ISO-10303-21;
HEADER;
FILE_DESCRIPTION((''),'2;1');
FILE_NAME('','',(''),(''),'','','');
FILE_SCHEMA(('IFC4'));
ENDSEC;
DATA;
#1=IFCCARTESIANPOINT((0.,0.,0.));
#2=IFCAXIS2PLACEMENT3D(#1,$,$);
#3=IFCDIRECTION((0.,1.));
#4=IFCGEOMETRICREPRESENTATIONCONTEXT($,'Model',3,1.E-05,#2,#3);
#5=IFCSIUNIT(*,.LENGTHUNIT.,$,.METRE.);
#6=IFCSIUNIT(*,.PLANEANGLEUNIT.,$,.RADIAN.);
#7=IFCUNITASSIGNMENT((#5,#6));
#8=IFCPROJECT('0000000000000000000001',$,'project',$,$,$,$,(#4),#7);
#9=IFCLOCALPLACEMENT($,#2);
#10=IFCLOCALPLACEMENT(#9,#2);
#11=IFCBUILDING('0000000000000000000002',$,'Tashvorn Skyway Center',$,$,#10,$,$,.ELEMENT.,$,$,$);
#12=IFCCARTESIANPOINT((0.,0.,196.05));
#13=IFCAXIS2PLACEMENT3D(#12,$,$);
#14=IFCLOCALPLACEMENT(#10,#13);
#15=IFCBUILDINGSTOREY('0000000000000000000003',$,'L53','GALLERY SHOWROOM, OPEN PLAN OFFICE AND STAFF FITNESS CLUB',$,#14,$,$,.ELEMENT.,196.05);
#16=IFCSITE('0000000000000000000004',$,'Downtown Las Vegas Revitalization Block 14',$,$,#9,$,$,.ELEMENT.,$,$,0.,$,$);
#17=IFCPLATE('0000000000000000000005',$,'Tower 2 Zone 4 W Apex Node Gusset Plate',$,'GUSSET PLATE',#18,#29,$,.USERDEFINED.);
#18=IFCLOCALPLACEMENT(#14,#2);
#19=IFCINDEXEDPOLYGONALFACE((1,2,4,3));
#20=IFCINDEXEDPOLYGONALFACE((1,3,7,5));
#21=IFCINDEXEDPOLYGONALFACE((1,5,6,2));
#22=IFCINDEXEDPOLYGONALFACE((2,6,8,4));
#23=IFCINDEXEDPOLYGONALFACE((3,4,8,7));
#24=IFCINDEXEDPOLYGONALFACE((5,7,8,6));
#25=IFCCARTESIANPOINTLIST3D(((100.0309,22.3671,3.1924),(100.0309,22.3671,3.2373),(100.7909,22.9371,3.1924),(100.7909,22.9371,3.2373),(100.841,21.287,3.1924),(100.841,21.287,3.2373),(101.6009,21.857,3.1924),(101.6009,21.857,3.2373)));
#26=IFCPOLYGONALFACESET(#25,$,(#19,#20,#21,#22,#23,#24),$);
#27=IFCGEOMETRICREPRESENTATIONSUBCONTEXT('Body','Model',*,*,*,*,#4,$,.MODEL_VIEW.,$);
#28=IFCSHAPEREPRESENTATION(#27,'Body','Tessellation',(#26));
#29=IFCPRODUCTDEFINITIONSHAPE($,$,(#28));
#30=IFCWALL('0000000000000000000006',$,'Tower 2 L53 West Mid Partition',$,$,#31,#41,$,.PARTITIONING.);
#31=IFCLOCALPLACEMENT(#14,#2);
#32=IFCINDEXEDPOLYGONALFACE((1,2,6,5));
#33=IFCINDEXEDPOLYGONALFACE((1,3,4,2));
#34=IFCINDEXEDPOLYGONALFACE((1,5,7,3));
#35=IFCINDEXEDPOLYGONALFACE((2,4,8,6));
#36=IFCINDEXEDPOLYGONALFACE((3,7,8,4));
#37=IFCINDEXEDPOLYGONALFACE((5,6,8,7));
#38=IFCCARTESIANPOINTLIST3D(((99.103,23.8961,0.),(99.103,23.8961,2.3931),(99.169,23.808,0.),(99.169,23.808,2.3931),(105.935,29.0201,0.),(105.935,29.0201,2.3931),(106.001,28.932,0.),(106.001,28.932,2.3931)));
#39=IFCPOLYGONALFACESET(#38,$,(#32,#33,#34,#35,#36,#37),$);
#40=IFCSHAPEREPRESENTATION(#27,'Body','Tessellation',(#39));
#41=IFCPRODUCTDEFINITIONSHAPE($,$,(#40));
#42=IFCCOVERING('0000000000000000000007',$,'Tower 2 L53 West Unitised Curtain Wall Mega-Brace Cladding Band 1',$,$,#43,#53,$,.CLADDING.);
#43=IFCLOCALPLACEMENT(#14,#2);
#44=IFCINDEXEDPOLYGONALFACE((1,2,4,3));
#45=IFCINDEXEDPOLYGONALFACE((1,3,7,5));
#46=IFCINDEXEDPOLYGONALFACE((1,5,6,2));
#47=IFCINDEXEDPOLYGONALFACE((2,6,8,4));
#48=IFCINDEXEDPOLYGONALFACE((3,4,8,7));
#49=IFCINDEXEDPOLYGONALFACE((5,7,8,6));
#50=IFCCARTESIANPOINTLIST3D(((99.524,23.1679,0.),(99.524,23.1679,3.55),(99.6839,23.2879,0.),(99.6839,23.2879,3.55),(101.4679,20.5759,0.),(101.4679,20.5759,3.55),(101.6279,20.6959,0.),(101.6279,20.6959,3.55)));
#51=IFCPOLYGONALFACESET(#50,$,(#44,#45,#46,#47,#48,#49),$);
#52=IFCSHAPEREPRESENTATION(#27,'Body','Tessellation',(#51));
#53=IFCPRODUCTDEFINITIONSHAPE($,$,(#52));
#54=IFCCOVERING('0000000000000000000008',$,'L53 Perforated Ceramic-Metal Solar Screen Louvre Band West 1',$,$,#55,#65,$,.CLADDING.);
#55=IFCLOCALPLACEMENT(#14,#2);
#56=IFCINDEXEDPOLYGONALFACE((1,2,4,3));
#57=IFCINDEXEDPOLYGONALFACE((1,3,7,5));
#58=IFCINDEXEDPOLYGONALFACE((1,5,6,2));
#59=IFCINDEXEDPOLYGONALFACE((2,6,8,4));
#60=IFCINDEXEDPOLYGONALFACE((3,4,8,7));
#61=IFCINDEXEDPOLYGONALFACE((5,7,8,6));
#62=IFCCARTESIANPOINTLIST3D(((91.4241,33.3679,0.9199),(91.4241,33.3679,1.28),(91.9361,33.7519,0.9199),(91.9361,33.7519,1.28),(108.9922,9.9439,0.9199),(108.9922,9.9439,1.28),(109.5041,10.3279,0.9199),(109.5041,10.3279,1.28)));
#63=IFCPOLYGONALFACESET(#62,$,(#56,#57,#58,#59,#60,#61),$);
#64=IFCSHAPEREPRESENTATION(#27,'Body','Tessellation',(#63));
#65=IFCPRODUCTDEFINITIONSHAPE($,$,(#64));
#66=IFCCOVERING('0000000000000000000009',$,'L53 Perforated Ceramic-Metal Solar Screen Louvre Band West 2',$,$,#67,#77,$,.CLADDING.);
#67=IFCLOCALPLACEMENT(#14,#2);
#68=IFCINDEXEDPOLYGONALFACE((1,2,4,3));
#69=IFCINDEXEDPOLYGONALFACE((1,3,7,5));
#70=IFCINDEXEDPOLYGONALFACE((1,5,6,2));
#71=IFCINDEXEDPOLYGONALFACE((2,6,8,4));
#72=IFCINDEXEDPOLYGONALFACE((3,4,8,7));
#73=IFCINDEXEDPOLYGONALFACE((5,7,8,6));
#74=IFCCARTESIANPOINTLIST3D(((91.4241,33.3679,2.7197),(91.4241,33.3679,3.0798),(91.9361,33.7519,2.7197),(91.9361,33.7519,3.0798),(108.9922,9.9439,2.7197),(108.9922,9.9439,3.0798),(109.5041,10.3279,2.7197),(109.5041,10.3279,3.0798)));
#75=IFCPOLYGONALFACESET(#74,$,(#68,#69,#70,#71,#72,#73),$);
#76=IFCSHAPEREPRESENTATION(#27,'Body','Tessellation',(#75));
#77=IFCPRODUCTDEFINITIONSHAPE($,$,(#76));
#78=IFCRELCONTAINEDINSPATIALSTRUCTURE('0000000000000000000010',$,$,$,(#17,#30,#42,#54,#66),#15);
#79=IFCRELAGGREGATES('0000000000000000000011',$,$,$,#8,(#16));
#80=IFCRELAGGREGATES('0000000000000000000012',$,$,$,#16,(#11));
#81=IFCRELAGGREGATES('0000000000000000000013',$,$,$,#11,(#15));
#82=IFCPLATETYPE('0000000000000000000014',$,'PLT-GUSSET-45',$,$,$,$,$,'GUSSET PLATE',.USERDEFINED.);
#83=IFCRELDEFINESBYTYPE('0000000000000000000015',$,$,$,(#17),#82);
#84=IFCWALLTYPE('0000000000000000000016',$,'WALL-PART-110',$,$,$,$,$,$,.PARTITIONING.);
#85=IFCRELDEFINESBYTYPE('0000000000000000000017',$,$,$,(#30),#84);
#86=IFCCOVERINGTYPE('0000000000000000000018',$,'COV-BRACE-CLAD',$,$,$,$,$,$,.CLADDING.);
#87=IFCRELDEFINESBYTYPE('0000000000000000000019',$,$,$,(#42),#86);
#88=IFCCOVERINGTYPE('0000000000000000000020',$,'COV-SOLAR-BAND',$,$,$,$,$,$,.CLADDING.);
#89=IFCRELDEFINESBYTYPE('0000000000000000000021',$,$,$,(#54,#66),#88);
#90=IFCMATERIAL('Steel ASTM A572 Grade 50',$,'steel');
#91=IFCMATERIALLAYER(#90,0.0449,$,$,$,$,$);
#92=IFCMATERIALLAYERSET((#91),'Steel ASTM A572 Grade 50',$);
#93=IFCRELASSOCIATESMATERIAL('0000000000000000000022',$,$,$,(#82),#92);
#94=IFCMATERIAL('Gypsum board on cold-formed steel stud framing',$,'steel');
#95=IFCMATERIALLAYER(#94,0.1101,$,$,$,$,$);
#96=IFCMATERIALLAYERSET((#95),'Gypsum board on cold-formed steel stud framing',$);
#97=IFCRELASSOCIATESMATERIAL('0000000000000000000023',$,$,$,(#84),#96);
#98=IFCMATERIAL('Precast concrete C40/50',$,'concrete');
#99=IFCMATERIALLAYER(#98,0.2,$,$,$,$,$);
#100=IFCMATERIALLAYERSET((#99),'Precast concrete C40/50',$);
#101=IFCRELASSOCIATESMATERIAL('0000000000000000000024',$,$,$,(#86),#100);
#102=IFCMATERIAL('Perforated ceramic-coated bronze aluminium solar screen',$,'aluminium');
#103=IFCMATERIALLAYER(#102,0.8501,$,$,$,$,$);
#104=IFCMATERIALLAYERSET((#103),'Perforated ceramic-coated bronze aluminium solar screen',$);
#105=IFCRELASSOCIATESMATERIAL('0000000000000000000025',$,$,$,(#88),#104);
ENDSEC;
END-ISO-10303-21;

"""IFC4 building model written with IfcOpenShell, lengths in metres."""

from ifc_helpers import new_model, si_unit, direction, frame, frame_2d, origin, origin_2d, place, context, subcontext, project, spatial, rectangle, extrude, material, layer, layer_set, type_object, element, save


model = new_model("IFC4")

# Units and contexts
model_context = context("Model", 3, precision=1e-05, world=origin(), true_north=direction((0.0, 1.0)))
body_context = subcontext(model_context, "Body", "Model", "MODEL_VIEW")
ifc_project = project(units=[si_unit("LENGTHUNIT", "METRE"), si_unit("PLANEANGLEUNIT", "RADIAN")], contexts=[model_context])

# Site, building, storey
site_placement = place(None, origin())
site = spatial("IfcSite", under=ifc_project, at=site_placement, Name="Downtown Las Vegas Revitalization Block 14", CompositionType="ELEMENT", RefElevation=0.0)
building_placement = place(site_placement, origin())
building = spatial("IfcBuilding", under=site, at=building_placement, Name="Tashvorn Skyway Center", CompositionType="ELEMENT")
storey_placement = place(building_placement, frame((0.0, 0.0, 196.05)))
storey = spatial("IfcBuildingStorey", under=building, at=storey_placement, Name="L53", Description="GALLERY SHOWROOM, OPEN PLAN OFFICE AND STAFF FITNESS CLUB", CompositionType="ELEMENT", Elevation=196.05)

# Plate
ifc_material_1 = material(Name="Steel ASTM A572 Grade 50", Category="steel")
ifc_layer_1 = layer(ifc_material_1, 0.0449)
ifc_layer_set_1 = layer_set([ifc_layer_1], Name="Steel ASTM A572 Grade 50")
plate_type_1 = type_object("IfcPlateType", Name="PLT-GUSSET-45", ElementType="GUSSET PLATE", PredefinedType="USERDEFINED", material=ifc_layer_set_1)
plate_1_placement = place(storey_placement, frame((100.8159, 22.1121, 3.1924), z_axis=(0.0, 0.0, 1.0), x_axis=(0.6, -0.8, 0.0)))
element("IfcPlate", 1, at=plate_1_placement, inside=storey, type_object=plate_type_1, Name="Tower 2 Zone 4 W Apex Node Gusset Plate", ObjectType="GUSSET PLATE", PredefinedType="USERDEFINED", context=body_context, shape_type="SweptSolid", body=[
    extrude(rectangle(XDim=1.3501, YDim=0.95, at=origin_2d()), origin(), (0.0, 0.0, 1.0), 0.0449),
])

# Wall
ifc_material_2 = material(Name="Gypsum board on cold-formed steel stud framing", Category="steel")
ifc_layer_2 = layer(ifc_material_2, 0.1101)
ifc_layer_set_2 = layer_set([ifc_layer_2], Name="Gypsum board on cold-formed steel stud framing")
wall_type = type_object("IfcWallType", Name="WALL-PART-110", PredefinedType="PARTITIONING", material=ifc_layer_set_2)
wall_placement = place(storey_placement, frame((99.136, 23.8521, 0.0), z_axis=(0.0, 0.0, 1.0), x_axis=(0.8, 0.6, 0.0)))
element("IfcWall", 2, at=wall_placement, inside=storey, type_object=wall_type, Name="Tower 2 L53 West Mid Partition", PredefinedType="PARTITIONING", context=body_context, shape_type="SweptSolid", body=[
    extrude(rectangle(XDim=8.54, YDim=0.1101, at=frame_2d((4.27, 0.0))), origin(), (0.0, 0.0, 1.0), 2.3931),
])

# Coverings
ifc_material_3 = material(Name="Precast concrete C40/50", Category="concrete")
ifc_layer_3 = layer(ifc_material_3, 0.2)
ifc_layer_set_3 = layer_set([ifc_layer_3], Name="Precast concrete C40/50")
covering_type_1 = type_object("IfcCoveringType", Name="COV-BRACE-CLAD", PredefinedType="CLADDING", material=ifc_layer_set_3)
covering_placement = place(storey_placement, frame((100.5759, 21.9319, 0.0), z_axis=(0.0, 0.0, 1.0), x_axis=(-0.6, 0.8, 0.0)))
element("IfcCovering", 3, at=covering_placement, inside=storey, type_object=covering_type_1, Name="Tower 2 L53 West Unitised Curtain Wall Mega-Brace Cladding Band 1", PredefinedType="CLADDING", context=body_context, shape_type="SweptSolid", body=[
    extrude(rectangle(XDim=3.24, YDim=0.2, at=origin_2d()), origin(), (0.0, 0.0, 1.0), 3.55),
])
ifc_material_4 = material(Name="Perforated ceramic-coated bronze aluminium solar screen", Category="aluminium")
ifc_layer_4 = layer(ifc_material_4, 0.8501)
ifc_layer_set_4 = layer_set([ifc_layer_4], Name="Perforated ceramic-coated bronze aluminium solar screen")
covering_type_2 = type_object("IfcCoveringType", Name="COV-SOLAR-BAND", PredefinedType="CLADDING", material=ifc_layer_set_4)
for number, where, z_axis, x_axis, name in (
    (4, (100.4641, 21.8479, 0.9199), (0.0, 0.0, 1.0), (-0.6, 0.8, 0.0), "L53 Perforated Ceramic-Metal Solar Screen Louvre Band West 1"),
    (5, (100.4641, 21.8479, 2.7197), (0.0, 0.0, 1.0), (-0.6, 0.8, 0.0), "L53 Perforated Ceramic-Metal Solar Screen Louvre Band West 2"),
):
    element("IfcCovering", number, at=place(storey_placement, frame(where, z_axis=z_axis, x_axis=x_axis)), inside=storey, type_object=covering_type_2, Name=name, PredefinedType="CLADDING", context=body_context, shape_type="SweptSolid", body=[
        extrude(rectangle(XDim=29.28, YDim=0.6399, at=origin_2d()), origin(), (0.0, 0.0, 1.0), 0.3601),
    ])

save(model, "model.ifc")
